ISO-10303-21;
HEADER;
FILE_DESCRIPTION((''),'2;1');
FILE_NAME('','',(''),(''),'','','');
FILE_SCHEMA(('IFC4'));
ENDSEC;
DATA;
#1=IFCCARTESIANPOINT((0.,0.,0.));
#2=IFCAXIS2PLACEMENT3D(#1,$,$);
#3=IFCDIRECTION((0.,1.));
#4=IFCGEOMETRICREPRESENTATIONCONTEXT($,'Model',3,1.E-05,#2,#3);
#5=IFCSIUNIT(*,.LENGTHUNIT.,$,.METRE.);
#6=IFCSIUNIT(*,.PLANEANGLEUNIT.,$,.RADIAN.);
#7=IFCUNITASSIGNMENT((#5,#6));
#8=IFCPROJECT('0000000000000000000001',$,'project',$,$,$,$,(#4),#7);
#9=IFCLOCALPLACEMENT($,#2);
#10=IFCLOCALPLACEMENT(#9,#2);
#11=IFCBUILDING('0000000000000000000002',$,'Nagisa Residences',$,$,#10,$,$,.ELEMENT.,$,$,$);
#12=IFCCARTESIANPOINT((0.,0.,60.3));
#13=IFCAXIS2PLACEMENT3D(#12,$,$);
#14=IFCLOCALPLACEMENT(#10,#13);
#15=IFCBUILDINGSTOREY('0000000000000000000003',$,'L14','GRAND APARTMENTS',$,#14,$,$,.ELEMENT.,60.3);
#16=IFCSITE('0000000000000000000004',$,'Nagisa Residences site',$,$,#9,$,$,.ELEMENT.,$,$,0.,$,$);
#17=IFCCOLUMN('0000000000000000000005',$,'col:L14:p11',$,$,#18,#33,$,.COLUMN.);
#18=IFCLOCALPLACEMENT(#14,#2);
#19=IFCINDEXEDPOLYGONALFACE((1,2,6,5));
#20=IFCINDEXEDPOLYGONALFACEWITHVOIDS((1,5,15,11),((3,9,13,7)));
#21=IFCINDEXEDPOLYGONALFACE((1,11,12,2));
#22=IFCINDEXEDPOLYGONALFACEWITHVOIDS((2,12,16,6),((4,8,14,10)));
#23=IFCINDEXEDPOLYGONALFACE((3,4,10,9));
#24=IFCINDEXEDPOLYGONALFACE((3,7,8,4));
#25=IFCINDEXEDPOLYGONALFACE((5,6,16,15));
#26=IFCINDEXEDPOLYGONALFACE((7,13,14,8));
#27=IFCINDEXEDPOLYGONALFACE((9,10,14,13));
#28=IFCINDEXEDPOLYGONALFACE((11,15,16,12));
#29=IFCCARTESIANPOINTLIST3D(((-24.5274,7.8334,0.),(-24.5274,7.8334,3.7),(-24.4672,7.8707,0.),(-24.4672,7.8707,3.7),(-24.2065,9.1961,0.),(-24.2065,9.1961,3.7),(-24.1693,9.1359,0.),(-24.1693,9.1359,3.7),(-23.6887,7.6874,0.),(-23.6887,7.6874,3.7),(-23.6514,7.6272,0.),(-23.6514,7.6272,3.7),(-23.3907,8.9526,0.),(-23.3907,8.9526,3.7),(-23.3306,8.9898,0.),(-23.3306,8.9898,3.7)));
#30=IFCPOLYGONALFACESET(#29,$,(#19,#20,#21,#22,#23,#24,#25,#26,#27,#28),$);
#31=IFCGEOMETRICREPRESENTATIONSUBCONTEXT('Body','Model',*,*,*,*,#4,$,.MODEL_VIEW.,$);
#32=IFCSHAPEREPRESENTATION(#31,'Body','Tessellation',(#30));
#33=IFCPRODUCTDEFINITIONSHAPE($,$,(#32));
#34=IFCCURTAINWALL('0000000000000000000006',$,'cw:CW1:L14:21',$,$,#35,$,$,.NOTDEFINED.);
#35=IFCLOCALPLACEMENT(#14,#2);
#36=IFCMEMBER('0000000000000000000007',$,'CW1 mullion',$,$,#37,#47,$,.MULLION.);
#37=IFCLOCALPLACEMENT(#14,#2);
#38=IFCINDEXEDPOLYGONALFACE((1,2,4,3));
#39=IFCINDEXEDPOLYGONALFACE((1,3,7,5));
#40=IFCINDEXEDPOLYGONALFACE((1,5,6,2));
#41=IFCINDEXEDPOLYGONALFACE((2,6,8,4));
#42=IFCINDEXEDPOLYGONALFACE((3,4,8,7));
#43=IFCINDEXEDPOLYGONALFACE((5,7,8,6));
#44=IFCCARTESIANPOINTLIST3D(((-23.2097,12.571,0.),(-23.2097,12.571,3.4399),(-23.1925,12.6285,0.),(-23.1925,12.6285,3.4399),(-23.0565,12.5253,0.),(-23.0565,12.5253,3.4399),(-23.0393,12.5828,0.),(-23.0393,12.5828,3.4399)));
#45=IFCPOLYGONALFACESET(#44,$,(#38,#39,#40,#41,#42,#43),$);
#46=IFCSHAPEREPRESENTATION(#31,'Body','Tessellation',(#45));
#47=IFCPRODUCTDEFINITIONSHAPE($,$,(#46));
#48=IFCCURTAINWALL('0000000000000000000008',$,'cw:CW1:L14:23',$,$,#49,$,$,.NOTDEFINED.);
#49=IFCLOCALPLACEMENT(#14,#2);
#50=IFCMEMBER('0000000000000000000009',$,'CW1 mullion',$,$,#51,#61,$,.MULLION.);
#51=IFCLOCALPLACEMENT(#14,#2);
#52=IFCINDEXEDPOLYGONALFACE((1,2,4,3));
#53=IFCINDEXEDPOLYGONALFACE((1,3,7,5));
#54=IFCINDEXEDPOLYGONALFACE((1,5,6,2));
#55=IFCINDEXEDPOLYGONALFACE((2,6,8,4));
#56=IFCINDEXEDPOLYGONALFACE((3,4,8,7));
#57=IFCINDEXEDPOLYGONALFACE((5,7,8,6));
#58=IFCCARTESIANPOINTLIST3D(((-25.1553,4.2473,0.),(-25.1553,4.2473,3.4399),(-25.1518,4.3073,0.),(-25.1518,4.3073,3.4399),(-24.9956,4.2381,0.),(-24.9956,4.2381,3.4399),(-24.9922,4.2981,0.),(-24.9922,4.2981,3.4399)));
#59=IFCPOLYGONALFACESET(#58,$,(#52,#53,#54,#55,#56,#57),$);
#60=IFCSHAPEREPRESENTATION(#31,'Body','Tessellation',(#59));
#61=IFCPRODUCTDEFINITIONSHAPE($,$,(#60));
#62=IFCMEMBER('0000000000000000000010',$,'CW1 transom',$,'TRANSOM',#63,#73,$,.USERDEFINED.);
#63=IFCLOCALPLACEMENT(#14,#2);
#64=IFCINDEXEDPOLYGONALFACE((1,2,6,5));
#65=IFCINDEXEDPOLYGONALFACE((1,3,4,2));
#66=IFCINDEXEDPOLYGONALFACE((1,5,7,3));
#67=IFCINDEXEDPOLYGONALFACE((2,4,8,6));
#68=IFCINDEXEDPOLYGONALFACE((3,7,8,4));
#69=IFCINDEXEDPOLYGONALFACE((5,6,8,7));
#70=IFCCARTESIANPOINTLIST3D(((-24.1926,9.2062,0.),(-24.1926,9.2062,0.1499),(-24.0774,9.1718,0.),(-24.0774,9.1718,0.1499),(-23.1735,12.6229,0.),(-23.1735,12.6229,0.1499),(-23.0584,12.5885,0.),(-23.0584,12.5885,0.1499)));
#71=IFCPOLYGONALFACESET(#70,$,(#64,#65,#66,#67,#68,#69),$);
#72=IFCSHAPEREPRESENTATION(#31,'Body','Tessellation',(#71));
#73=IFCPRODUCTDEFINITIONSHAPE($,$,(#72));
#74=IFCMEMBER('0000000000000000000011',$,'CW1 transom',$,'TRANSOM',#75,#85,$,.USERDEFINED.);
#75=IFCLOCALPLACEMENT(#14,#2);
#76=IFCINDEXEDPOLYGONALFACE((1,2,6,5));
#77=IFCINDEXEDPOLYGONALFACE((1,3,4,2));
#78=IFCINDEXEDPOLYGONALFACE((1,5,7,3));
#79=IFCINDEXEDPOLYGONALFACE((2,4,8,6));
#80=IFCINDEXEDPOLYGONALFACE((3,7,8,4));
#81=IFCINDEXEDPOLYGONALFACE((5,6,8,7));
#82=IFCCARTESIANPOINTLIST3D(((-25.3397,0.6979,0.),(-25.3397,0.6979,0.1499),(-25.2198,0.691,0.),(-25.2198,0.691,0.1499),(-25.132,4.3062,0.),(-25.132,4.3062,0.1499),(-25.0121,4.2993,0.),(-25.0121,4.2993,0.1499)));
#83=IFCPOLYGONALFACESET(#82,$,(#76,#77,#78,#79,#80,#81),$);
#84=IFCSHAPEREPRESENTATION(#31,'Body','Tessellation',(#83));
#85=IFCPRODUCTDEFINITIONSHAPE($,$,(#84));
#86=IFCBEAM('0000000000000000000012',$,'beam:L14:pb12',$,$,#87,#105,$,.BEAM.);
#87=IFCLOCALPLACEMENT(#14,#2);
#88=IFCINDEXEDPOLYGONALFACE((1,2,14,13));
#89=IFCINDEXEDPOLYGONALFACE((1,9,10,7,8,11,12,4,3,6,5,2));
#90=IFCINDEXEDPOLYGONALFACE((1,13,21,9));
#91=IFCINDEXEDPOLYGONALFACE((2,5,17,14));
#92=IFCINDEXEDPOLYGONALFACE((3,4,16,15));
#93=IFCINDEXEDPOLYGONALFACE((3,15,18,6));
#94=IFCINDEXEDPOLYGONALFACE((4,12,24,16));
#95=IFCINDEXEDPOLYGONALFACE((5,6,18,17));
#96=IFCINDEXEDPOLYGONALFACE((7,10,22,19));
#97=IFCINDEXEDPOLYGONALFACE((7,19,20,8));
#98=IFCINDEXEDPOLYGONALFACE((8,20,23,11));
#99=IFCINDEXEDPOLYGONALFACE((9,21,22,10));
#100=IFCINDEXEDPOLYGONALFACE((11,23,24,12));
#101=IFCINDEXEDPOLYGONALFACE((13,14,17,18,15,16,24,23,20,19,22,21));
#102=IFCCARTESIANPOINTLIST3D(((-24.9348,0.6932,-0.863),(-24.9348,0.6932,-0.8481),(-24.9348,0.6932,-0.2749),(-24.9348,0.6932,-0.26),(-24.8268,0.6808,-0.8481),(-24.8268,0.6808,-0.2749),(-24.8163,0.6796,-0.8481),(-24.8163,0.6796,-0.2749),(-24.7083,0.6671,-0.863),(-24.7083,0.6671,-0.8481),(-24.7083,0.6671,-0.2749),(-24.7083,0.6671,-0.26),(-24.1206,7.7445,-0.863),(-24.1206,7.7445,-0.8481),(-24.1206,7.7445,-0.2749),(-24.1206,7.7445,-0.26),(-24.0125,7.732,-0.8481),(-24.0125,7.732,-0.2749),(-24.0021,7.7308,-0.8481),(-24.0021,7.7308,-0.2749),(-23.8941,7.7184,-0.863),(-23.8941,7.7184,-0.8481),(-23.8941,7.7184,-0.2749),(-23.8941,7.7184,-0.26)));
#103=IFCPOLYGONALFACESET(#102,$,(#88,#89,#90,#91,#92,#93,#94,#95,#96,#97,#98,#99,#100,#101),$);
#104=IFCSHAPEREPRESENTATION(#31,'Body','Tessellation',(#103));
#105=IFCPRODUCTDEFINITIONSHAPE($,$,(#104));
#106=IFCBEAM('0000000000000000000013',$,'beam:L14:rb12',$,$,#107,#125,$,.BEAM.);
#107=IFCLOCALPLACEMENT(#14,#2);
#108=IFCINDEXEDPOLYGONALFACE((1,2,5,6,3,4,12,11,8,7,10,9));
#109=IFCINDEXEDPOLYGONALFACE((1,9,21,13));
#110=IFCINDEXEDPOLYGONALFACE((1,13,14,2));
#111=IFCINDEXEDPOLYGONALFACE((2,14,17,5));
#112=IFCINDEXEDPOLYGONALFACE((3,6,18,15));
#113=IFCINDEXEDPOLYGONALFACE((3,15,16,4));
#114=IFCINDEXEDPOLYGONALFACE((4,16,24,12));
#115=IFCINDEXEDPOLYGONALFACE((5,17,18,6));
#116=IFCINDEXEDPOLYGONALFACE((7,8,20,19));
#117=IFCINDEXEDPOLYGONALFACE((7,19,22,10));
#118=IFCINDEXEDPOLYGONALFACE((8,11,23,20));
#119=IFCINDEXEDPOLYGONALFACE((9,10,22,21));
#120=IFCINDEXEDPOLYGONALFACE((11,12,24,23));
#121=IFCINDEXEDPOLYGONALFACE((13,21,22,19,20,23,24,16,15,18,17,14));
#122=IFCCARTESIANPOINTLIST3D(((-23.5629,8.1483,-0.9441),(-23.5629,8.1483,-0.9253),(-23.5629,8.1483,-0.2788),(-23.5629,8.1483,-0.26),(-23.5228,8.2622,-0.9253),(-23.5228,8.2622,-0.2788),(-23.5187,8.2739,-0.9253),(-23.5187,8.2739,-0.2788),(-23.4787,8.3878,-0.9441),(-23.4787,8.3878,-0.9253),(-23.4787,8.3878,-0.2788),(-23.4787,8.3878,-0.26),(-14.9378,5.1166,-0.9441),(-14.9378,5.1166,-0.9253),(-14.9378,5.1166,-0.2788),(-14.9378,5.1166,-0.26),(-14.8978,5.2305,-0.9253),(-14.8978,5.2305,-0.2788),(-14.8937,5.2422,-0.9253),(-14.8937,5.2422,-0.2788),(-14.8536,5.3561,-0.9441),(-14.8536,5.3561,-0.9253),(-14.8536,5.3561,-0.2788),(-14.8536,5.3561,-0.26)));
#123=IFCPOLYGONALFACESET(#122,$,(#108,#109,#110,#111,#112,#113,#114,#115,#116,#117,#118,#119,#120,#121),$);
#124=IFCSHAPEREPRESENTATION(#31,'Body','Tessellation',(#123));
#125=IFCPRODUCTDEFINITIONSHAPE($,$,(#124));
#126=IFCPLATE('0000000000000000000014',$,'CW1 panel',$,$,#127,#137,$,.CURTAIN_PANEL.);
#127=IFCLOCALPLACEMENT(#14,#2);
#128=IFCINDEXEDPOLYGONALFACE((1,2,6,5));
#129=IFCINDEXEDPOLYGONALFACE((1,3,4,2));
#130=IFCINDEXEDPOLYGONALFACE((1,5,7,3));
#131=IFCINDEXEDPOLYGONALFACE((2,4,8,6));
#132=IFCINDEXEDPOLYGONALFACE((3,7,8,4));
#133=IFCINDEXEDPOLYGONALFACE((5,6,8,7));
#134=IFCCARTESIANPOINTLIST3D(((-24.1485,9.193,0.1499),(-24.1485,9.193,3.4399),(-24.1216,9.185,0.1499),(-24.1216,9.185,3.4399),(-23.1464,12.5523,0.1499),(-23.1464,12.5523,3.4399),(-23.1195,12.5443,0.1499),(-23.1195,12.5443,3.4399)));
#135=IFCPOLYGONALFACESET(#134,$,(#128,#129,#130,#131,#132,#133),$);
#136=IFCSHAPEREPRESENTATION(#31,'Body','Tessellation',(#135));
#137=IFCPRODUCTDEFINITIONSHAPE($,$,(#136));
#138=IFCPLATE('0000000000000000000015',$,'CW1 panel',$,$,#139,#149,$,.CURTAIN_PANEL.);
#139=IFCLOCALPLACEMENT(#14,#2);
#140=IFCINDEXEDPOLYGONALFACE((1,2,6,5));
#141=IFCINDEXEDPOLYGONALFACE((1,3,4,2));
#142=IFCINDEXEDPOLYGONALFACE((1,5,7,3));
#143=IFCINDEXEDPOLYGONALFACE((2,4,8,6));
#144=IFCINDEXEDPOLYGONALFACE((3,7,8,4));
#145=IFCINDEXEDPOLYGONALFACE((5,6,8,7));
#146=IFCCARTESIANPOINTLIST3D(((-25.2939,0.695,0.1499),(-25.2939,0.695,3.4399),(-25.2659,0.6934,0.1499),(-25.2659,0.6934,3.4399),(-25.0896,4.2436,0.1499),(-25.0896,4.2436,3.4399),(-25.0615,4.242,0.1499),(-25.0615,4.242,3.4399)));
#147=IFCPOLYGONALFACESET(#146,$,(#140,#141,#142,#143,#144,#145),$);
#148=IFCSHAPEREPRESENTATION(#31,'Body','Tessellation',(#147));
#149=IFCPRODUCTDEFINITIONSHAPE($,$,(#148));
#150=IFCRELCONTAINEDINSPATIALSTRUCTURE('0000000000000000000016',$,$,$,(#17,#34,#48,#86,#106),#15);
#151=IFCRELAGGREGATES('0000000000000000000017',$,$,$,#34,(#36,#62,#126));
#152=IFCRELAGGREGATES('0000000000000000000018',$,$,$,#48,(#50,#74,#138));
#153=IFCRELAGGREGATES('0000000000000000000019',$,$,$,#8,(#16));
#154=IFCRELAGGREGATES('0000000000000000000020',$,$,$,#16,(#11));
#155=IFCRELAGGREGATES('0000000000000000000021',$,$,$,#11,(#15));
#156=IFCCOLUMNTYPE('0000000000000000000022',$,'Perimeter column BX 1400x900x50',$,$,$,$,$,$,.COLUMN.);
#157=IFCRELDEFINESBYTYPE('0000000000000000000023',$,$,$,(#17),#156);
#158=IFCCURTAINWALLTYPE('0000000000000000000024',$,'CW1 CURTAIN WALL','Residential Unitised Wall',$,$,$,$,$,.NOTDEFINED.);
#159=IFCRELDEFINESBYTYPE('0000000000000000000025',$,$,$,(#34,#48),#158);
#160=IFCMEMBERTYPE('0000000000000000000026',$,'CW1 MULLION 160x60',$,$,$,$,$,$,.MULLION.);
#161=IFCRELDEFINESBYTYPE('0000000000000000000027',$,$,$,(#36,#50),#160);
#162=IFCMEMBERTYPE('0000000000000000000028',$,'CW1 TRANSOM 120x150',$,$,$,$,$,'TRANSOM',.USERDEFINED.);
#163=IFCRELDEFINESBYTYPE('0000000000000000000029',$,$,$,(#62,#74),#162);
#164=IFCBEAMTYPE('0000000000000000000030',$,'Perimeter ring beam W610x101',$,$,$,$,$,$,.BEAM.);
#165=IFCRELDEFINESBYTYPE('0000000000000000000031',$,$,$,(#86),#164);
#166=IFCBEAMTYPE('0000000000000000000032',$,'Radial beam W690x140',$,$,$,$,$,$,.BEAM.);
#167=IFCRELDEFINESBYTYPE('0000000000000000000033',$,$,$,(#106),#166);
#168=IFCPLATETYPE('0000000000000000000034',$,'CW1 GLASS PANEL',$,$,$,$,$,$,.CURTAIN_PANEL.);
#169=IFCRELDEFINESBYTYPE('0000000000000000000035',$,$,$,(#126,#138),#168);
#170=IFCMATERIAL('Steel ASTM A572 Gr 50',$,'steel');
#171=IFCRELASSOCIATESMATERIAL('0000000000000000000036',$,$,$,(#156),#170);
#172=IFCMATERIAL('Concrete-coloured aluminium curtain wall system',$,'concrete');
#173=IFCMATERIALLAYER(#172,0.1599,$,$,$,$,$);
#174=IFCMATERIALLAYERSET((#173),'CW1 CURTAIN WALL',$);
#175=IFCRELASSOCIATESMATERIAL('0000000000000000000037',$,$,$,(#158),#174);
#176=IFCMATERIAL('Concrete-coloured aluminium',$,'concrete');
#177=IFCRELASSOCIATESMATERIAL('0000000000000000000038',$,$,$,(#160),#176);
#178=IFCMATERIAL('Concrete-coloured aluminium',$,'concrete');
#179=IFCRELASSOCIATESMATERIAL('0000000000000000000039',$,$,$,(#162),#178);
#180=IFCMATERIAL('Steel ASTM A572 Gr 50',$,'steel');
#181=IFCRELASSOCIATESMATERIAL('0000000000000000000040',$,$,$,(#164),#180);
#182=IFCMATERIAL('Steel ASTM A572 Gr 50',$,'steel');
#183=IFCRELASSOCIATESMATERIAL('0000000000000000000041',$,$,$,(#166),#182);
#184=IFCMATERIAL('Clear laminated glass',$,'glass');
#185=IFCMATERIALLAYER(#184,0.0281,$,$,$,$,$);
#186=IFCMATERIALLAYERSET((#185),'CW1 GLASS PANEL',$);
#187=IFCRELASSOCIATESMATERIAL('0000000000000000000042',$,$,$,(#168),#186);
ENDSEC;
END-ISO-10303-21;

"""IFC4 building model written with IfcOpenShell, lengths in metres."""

from ifc_helpers import new_model, si_unit, direction, frame, origin, origin_2d, place, context, subcontext, project, spatial, rectangle, hollow_rectangle, i_section, extrude, material, layer, layer_set, material_profile, profile_set, type_object, element, aggregate, save


model = new_model("IFC4")

# Units and contexts
model_context = context("Model", 3, precision=1e-05, world=origin(), true_north=direction((0.0, 1.0)))
body_context = subcontext(model_context, "Body", "Model", "MODEL_VIEW")
ifc_project = project(units=[si_unit("LENGTHUNIT", "METRE"), si_unit("PLANEANGLEUNIT", "RADIAN")], contexts=[model_context])

# Site, building, storey
site_placement = place(None, origin())
site = spatial("IfcSite", under=ifc_project, at=site_placement, Name="Nagisa Residences site", CompositionType="ELEMENT", RefElevation=0.0)
building_placement = place(site_placement, origin())
building = spatial("IfcBuilding", under=site, at=building_placement, Name="Nagisa Residences", CompositionType="ELEMENT")
storey_placement = place(building_placement, frame((0.0, 0.0, 60.3)))
storey = spatial("IfcBuildingStorey", under=building, at=storey_placement, Name="L14", Description="GRAND APARTMENTS", CompositionType="ELEMENT", Elevation=60.3)

# Column
ifc_material_1 = material(Name="Steel ASTM A572 Gr 50", Category="steel")
ifc_material_profile_1 = material_profile(ifc_material_1, hollow_rectangle(XDim=1.3999, YDim=0.8999, WallThickness=0.05, at=origin_2d()), Name="BX 1400x900x50")
ifc_profile_set_1 = profile_set([ifc_material_profile_1], Name="Steel ASTM A572 Gr 50")
column_type = type_object("IfcColumnType", Name="Perimeter column BX 1400x900x50", PredefinedType="COLUMN", material=ifc_profile_set_1)
column_placement = place(storey_placement, frame((-23.929, 8.4116, 0.0), z_axis=(0.0, 0.0, 1.0), x_axis=(-0.229202, -0.973379, 0.0)))
element("IfcColumn", 1, at=column_placement, inside=storey, type_object=column_type, Name="col:L14:p11", PredefinedType="COLUMN", context=body_context, shape_type="SweptSolid", body=[
    extrude(hollow_rectangle(XDim=1.3999, YDim=0.8999, WallThickness=0.05, at=origin_2d()), origin(), (0.0, 0.0, 1.0), 3.7),
])

# Curtain walls, members
ifc_material_2 = material(Name="Concrete-coloured aluminium curtain wall system", Category="concrete")
ifc_layer_1 = layer(ifc_material_2, 0.1599)
ifc_layer_set_1 = layer_set([ifc_layer_1], Name="CW1 CURTAIN WALL")
curtain_wall_type = type_object("IfcCurtainWallType", Name="CW1 CURTAIN WALL", Description="Residential Unitised Wall", PredefinedType="NOTDEFINED", material=ifc_layer_set_1)
curtain_wall_1_placement = place(storey_placement, origin())
curtain_wall_1 = element("IfcCurtainWall", 2, at=curtain_wall_1_placement, inside=storey, type_object=curtain_wall_type, Name="cw:CW1:L14:21", PredefinedType="NOTDEFINED")
ifc_material_3 = material(Name="Concrete-coloured aluminium", Category="concrete")
ifc_material_profile_2 = material_profile(ifc_material_3, rectangle(XDim=0.1599, YDim=0.0601, at=origin_2d()), Name="CW1 MULLION 160x60")
ifc_profile_set_2 = profile_set([ifc_material_profile_2], Name="Concrete-coloured aluminium")
member_type_1 = type_object("IfcMemberType", Name="CW1 MULLION 160x60", PredefinedType="MULLION", material=ifc_profile_set_2)
member_1_placement = place(storey_placement, frame((-23.1245, 12.5769, 0.0), z_axis=(0.0, 0.0, 1.0), x_axis=(0.958271, -0.28586, 0.0)))
member_1 = element("IfcMember", 3, at=member_1_placement, type_object=member_type_1, Name="CW1 mullion", PredefinedType="MULLION", context=body_context, shape_type="SweptSolid", body=[
    extrude(rectangle(XDim=0.1599, YDim=0.0601, at=origin_2d()), origin(), (0.0, 0.0, 1.0), 3.4399),
])
curtain_wall_2_placement = place(storey_placement, origin())
curtain_wall_2 = element("IfcCurtainWall", 4, at=curtain_wall_2_placement, inside=storey, type_object=curtain_wall_type, Name="cw:CW1:L14:23", PredefinedType="NOTDEFINED")
member_2_placement = place(storey_placement, frame((-25.0737, 4.2727, 0.0), z_axis=(0.0, 0.0, 1.0), x_axis=(0.998345, -0.057503, 0.0)))
member_2 = element("IfcMember", 5, at=member_2_placement, type_object=member_type_1, Name="CW1 mullion", PredefinedType="MULLION", context=body_context, shape_type="SweptSolid", body=[
    extrude(rectangle(XDim=0.1599, YDim=0.0601, at=origin_2d()), origin(), (0.0, 0.0, 1.0), 3.4399),
])

# Members
ifc_material_4 = material(Name="Concrete-coloured aluminium", Category="concrete")
ifc_material_profile_3 = material_profile(ifc_material_4, rectangle(XDim=0.1201, YDim=0.1499, at=origin_2d()), Name="CW1 TRANSOM 120x150")
ifc_profile_set_3 = profile_set([ifc_material_profile_3], Name="Concrete-coloured aluminium")
member_type_2 = type_object("IfcMemberType", Name="CW1 TRANSOM 120x150", ElementType="TRANSOM", PredefinedType="USERDEFINED", material=ifc_profile_set_3)
member_3_placement = place(storey_placement, frame((-23.116, 12.6057, 0.075), z_axis=(-0.285808, -0.958287, 0.0), x_axis=(0.958287, -0.285808, 0.0)))
member_3 = element("IfcMember", 6, at=member_3_placement, type_object=member_type_2, Name="CW1 transom", ObjectType="TRANSOM", PredefinedType="USERDEFINED", context=body_context, shape_type="SweptSolid", body=[
    extrude(rectangle(XDim=0.1201, YDim=0.1499, at=origin_2d()), origin(), (0.0, 0.0, 1.0), 3.5654),
])
member_4_placement = place(storey_placement, frame((-25.072, 4.3027, 0.075), z_axis=(-0.057483, -0.998347, 0.0), x_axis=(0.998347, -0.057483, 0.0)))
member_4 = element("IfcMember", 7, at=member_4_placement, type_object=member_type_2, Name="CW1 transom", ObjectType="TRANSOM", PredefinedType="USERDEFINED", context=body_context, shape_type="SweptSolid", body=[
    extrude(rectangle(XDim=0.1201, YDim=0.1499, at=origin_2d()), origin(), (0.0, 0.0, 1.0), 3.6143),
])

# Beams
ifc_material_5 = material(Name="Steel ASTM A572 Gr 50", Category="steel")
ifc_material_profile_4 = material_profile(ifc_material_5, i_section(OverallWidth=0.228, OverallDepth=0.603, WebThickness=0.0105, FlangeThickness=0.0149, at=origin_2d()), Name="W610x101")
ifc_profile_set_4 = profile_set([ifc_material_profile_4], Name="Steel ASTM A572 Gr 50")
beam_type_1 = type_object("IfcBeamType", Name="Perimeter ring beam W610x101", PredefinedType="BEAM", material=ifc_profile_set_4)
beam_1_placement = place(storey_placement, frame((-24.0073, 7.7314, -0.5615), z_axis=(-0.114708, -0.993399, 0.0), x_axis=(0.993399, -0.114708, 0.0)))
element("IfcBeam", 8, at=beam_1_placement, inside=storey, type_object=beam_type_1, Name="beam:L14:pb12", PredefinedType="BEAM", context=body_context, shape_type="SweptSolid", body=[
    extrude(i_section(OverallWidth=0.228, OverallDepth=0.603, WebThickness=0.0105, FlangeThickness=0.0149, at=origin_2d()), origin(), (0.0, 0.0, 1.0), 7.0981),
])
ifc_material_6 = material(Name="Steel ASTM A572 Gr 50", Category="steel")
ifc_material_profile_5 = material_profile(ifc_material_6, i_section(OverallWidth=0.2539, OverallDepth=0.6841, WebThickness=0.0125, FlangeThickness=0.0188, at=origin_2d()), Name="W690x140")
ifc_profile_set_5 = profile_set([ifc_material_profile_5], Name="Steel ASTM A572 Gr 50")
beam_type_2 = type_object("IfcBeamType", Name="Radial beam W690x140", PredefinedType="BEAM", material=ifc_profile_set_5)
beam_2_placement = place(storey_placement, frame((-23.5208, 8.2681, -0.6021), z_axis=(0.943415, -0.331616, 0.0), x_axis=(0.331616, 0.943415, 0.0)))
element("IfcBeam", 9, at=beam_2_placement, inside=storey, type_object=beam_type_2, Name="beam:L14:rb12", PredefinedType="BEAM", context=body_context, shape_type="SweptSolid", body=[
    extrude(i_section(OverallWidth=0.2539, OverallDepth=0.6841, WebThickness=0.0125, FlangeThickness=0.0188, at=origin_2d()), origin(), (0.0, 0.0, 1.0), 9.1423),
])

# Plates
ifc_material_7 = material(Name="Clear laminated glass", Category="glass")
ifc_layer_2 = layer(ifc_material_7, 0.0281)
ifc_layer_set_2 = layer_set([ifc_layer_2], Name="CW1 GLASS PANEL")
plate_type = type_object("IfcPlateType", Name="CW1 GLASS PANEL", PredefinedType="CURTAIN_PANEL", material=ifc_layer_set_2)
plate_1_placement = place(storey_placement, frame((-23.634, 10.8687, 0.1499), z_axis=(0.0, 0.0, 1.0), x_axis=(-0.28586, -0.958271, 0.0)))
plate_1 = element("IfcPlate", 10, at=plate_1_placement, type_object=plate_type, Name="CW1 panel", PredefinedType="CURTAIN_PANEL", context=body_context, shape_type="SweptSolid", body=[
    extrude(rectangle(XDim=3.5056, YDim=0.0281, at=origin_2d()), origin(), (0.0, 0.0, 1.0), 3.29),
])
aggregate(curtain_wall_1, [member_1, member_3, plate_1])
plate_2_placement = place(storey_placement, frame((-25.1777, 2.4685, 0.1499), z_axis=(0.0, 0.0, 1.0), x_axis=(-0.057503, -0.998345, 0.0)))
plate_2 = element("IfcPlate", 11, at=plate_2_placement, type_object=plate_type, Name="CW1 panel", PredefinedType="CURTAIN_PANEL", context=body_context, shape_type="SweptSolid", body=[
    extrude(rectangle(XDim=3.5544, YDim=0.0281, at=origin_2d()), origin(), (0.0, 0.0, 1.0), 3.29),
])
aggregate(curtain_wall_2, [member_2, member_4, plate_2])

save(model, "model.ifc")
